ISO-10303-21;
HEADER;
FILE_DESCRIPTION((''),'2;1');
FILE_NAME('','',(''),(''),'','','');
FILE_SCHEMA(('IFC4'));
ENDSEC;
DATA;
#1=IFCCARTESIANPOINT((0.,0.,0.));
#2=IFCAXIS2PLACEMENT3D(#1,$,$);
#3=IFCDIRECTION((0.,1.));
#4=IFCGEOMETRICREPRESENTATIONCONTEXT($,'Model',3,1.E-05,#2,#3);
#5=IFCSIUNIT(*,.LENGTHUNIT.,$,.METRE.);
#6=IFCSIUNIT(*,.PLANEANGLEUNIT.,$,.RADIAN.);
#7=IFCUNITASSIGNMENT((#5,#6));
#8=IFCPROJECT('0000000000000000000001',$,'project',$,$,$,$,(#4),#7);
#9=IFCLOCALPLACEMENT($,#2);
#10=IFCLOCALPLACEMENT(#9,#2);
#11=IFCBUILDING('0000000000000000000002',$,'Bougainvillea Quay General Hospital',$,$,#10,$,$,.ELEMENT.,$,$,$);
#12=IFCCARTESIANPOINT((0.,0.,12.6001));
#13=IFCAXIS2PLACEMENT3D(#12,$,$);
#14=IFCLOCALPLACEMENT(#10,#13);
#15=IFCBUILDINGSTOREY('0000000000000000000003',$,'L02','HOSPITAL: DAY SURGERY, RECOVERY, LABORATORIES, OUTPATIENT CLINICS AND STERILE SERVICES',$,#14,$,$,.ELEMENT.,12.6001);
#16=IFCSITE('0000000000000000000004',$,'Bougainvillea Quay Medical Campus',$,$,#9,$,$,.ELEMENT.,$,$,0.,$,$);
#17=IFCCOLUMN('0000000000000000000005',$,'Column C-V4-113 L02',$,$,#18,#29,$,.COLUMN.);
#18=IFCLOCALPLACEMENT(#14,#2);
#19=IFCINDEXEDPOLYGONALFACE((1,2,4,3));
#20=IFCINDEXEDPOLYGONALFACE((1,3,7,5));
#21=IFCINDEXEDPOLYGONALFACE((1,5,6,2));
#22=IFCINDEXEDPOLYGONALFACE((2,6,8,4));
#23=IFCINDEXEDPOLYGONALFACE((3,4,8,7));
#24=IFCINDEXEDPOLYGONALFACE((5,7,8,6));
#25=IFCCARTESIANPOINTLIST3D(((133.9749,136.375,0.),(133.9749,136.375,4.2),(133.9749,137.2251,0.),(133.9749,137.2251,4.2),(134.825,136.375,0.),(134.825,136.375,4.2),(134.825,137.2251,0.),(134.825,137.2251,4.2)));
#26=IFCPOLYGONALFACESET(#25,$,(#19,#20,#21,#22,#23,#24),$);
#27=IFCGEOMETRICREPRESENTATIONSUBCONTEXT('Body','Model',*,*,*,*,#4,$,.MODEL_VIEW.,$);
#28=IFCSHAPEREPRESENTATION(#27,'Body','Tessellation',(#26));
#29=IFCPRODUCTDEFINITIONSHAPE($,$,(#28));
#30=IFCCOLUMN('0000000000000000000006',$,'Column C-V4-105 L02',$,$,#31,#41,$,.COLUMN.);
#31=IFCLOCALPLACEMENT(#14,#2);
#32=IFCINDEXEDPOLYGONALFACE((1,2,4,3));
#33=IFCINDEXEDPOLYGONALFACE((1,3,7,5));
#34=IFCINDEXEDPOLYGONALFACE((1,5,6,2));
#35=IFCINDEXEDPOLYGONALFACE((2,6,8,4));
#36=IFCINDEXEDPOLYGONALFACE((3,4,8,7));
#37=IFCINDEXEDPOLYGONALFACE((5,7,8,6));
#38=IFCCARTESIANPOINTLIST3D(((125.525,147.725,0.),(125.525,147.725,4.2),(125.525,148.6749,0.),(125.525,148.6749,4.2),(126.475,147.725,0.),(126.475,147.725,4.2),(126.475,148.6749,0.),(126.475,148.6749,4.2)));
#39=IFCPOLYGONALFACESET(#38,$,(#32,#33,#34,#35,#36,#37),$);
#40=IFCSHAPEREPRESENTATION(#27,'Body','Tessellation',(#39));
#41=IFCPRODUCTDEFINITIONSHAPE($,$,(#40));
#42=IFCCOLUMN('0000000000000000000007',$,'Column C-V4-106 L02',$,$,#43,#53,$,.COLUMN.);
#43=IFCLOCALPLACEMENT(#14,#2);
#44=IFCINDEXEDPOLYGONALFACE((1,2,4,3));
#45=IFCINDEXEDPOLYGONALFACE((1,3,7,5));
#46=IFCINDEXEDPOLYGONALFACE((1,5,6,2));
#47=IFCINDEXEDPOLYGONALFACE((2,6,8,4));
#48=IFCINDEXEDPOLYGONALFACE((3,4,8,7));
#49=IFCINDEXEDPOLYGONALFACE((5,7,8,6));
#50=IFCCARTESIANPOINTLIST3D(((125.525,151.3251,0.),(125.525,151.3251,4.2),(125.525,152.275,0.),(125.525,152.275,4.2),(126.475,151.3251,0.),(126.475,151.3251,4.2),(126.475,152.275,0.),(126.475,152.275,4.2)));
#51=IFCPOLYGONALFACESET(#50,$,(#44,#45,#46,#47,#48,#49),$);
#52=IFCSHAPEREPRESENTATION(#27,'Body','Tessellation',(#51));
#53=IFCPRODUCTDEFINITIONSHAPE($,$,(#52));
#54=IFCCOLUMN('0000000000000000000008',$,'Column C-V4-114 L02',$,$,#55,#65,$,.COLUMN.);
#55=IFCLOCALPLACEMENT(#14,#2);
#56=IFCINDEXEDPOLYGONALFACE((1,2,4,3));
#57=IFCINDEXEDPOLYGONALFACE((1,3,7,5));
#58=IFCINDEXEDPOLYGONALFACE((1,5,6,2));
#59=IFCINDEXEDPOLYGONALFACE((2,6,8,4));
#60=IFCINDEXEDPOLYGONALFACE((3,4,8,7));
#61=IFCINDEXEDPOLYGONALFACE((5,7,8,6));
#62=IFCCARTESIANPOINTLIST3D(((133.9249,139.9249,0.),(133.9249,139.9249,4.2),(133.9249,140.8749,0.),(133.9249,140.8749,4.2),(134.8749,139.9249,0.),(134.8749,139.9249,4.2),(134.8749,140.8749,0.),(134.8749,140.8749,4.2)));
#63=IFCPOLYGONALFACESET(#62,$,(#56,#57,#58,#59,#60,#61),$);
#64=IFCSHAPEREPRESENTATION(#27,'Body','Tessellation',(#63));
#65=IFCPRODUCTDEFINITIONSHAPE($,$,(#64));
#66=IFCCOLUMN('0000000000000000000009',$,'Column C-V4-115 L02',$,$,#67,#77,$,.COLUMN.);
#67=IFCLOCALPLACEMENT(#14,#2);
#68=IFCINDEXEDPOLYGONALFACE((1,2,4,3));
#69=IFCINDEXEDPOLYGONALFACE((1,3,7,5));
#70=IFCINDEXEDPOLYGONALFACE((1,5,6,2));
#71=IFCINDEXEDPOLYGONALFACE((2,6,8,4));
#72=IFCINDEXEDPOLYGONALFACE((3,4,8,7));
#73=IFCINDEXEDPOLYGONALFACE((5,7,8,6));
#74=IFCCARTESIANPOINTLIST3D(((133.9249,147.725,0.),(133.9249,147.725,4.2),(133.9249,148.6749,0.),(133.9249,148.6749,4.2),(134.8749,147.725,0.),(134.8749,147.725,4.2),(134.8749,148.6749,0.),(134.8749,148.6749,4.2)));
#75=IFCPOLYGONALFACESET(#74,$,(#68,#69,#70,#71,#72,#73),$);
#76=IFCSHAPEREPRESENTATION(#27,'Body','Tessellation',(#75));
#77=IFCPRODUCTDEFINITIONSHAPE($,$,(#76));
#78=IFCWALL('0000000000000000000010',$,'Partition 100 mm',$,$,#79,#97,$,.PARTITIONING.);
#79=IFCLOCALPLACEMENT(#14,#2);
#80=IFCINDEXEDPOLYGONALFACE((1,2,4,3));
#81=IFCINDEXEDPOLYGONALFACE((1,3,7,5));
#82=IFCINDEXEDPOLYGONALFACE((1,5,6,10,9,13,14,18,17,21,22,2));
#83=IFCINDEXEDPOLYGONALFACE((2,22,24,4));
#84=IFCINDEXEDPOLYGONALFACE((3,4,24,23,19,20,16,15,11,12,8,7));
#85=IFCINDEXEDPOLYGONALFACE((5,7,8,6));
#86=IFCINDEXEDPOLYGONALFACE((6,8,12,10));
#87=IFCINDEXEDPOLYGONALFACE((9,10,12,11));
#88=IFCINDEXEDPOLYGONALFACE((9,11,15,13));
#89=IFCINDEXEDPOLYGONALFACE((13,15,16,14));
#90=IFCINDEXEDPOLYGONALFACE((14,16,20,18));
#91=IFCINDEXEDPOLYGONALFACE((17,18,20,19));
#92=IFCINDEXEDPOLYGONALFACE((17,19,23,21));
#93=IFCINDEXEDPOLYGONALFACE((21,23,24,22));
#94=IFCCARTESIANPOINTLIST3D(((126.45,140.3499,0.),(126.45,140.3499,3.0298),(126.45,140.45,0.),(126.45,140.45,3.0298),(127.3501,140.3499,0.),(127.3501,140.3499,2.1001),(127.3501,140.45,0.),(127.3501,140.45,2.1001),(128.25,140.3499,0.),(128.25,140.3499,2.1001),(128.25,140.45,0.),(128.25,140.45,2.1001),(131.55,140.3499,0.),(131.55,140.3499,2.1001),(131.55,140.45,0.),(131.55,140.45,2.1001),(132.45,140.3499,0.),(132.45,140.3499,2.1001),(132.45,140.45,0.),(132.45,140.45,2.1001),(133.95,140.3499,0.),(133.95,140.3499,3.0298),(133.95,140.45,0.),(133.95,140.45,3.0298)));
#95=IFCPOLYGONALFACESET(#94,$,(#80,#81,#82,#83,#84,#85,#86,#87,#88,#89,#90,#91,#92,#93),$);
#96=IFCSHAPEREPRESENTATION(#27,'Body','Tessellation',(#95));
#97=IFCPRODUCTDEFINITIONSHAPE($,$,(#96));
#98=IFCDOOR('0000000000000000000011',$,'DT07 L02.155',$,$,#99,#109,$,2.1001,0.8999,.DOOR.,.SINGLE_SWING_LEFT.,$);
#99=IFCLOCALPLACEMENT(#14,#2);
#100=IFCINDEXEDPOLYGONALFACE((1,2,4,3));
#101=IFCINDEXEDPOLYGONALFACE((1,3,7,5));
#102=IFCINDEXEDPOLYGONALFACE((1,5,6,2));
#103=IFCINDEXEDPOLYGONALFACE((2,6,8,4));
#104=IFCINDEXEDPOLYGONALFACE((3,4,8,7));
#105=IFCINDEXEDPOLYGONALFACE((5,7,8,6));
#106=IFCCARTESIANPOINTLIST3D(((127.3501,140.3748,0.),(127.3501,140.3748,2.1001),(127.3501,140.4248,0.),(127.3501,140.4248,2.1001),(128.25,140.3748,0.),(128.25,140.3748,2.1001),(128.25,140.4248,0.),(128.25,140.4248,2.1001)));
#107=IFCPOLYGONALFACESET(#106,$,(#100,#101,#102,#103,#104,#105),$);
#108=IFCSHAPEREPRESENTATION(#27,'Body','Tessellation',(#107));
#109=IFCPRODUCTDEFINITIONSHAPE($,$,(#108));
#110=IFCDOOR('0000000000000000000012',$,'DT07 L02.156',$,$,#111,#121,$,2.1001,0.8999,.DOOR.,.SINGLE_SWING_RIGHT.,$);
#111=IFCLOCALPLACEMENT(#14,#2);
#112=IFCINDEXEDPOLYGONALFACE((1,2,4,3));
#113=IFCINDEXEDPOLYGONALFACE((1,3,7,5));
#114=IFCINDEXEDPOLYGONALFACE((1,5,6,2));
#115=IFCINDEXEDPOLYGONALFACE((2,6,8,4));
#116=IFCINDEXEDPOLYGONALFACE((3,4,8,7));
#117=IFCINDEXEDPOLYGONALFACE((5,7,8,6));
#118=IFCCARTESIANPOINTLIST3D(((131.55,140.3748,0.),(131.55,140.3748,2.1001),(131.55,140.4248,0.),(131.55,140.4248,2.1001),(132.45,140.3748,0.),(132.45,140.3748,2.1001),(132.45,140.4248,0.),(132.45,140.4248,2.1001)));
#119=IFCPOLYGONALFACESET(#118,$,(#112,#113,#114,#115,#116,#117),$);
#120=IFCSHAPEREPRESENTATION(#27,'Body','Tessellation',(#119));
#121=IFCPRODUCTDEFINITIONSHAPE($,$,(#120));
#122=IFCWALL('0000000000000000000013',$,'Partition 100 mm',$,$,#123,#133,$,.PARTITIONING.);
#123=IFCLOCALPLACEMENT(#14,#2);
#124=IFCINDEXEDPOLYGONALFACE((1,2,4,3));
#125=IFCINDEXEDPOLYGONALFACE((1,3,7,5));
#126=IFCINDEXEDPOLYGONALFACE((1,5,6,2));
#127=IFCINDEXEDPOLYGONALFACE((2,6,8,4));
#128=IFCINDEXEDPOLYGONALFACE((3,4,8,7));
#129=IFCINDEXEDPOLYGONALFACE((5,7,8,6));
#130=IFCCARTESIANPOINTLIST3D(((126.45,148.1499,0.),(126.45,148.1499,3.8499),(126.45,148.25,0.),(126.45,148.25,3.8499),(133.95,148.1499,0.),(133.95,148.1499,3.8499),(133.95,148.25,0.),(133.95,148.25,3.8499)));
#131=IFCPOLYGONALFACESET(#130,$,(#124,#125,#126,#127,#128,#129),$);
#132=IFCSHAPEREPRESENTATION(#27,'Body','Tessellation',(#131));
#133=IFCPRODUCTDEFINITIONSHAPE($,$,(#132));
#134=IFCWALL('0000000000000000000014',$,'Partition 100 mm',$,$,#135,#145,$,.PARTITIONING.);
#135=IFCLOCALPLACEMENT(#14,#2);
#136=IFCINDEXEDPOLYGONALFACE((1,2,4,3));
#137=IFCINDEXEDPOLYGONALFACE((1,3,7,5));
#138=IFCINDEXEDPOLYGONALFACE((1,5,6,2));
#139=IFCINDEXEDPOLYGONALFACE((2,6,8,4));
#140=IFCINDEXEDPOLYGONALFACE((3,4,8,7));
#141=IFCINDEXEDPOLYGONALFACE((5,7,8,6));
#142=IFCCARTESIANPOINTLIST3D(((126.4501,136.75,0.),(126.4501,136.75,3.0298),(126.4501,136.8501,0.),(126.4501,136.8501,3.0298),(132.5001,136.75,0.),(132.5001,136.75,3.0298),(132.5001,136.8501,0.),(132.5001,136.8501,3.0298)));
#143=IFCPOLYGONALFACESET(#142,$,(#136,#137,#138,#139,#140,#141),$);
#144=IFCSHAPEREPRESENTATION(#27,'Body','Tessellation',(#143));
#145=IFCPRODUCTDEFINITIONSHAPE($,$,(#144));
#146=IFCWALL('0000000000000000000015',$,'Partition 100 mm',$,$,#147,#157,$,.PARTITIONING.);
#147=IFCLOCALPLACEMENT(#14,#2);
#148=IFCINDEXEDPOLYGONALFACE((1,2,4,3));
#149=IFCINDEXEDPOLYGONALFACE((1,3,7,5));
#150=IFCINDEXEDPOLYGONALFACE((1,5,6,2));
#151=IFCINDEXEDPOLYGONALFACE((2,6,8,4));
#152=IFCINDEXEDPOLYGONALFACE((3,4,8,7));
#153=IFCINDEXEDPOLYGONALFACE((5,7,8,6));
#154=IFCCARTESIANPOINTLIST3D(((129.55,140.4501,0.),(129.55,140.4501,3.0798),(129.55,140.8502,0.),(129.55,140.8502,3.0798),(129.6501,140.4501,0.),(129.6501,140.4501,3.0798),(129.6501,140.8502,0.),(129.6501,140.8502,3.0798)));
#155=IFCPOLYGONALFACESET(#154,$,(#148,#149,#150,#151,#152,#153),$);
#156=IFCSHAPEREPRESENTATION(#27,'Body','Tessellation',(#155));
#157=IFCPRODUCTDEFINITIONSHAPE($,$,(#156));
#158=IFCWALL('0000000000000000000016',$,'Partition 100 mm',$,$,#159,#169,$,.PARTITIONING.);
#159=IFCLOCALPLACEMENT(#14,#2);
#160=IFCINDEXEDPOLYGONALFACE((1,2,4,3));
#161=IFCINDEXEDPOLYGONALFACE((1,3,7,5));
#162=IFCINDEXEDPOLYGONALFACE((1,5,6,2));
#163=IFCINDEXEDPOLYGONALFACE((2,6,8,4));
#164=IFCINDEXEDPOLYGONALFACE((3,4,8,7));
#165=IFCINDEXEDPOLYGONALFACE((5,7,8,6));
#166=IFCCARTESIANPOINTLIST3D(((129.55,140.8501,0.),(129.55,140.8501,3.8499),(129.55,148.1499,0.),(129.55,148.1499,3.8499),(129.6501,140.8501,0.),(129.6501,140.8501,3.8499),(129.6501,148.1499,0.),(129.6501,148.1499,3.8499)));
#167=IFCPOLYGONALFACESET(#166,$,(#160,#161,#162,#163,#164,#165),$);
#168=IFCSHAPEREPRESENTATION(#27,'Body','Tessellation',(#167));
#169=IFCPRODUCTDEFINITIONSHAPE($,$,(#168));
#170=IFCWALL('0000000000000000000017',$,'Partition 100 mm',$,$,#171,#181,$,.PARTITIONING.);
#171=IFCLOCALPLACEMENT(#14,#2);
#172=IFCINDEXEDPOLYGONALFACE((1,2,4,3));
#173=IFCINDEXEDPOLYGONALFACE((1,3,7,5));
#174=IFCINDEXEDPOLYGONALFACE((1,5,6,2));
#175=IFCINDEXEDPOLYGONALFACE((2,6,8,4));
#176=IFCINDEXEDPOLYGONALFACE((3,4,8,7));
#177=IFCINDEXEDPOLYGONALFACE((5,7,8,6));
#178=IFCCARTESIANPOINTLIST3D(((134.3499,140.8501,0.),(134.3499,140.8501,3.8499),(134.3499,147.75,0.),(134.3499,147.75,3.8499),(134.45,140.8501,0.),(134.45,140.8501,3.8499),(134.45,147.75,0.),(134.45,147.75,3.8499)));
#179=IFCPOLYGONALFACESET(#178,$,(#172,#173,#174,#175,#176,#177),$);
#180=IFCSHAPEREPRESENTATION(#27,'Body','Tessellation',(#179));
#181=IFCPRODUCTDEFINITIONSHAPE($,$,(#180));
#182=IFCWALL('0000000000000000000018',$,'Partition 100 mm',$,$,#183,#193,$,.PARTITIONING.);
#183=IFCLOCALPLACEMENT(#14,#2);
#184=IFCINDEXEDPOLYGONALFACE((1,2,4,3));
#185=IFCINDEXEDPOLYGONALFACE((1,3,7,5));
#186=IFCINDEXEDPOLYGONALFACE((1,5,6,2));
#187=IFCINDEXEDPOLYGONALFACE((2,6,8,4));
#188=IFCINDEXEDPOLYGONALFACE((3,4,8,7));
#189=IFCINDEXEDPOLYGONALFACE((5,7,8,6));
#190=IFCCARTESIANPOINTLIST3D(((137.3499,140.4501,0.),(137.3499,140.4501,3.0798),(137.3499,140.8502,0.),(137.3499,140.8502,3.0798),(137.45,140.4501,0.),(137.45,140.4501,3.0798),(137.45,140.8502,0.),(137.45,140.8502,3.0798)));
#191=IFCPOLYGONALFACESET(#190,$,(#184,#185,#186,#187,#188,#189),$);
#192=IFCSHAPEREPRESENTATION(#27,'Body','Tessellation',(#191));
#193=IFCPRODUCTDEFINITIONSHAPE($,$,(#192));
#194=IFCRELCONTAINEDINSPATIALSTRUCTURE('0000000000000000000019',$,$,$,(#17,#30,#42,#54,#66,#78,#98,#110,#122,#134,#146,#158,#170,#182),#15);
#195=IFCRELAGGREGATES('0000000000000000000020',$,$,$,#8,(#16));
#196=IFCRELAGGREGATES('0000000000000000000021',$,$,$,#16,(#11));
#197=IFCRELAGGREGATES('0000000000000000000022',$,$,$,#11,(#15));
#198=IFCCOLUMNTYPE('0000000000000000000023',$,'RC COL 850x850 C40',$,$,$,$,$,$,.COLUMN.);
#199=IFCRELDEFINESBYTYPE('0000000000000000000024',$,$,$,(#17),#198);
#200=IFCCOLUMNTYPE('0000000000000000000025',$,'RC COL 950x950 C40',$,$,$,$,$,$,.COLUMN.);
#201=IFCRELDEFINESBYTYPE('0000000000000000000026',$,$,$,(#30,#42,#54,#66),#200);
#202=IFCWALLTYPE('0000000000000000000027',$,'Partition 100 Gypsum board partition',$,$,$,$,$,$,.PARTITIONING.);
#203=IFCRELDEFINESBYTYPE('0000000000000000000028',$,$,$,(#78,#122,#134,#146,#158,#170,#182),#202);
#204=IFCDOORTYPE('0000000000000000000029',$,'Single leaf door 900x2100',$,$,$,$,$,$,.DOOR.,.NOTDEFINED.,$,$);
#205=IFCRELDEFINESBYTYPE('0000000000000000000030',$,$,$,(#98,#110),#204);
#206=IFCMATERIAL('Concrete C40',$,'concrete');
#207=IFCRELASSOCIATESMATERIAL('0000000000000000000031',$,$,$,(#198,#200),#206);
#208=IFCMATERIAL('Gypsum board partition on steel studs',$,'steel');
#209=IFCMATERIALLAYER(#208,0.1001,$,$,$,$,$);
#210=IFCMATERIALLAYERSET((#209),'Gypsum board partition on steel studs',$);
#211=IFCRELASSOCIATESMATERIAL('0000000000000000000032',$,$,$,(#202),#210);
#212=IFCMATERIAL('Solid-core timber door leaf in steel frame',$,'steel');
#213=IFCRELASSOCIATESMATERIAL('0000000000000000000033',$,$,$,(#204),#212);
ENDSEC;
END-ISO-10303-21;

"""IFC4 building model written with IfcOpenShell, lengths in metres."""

from ifc_helpers import new_model, si_unit, direction, frame, frame_2d, origin, origin_2d, place, context, subcontext, project, spatial, rectangle, extrude, material, layer, layer_set, material_profile, profile_set, type_object, element, fill, save


model = new_model("IFC4")

# Units and contexts
model_context = context("Model", 3, precision=1e-05, world=origin(), true_north=direction((0.0, 1.0)))
body_context = subcontext(model_context, "Body", "Model", "MODEL_VIEW")
ifc_project = project(units=[si_unit("LENGTHUNIT", "METRE"), si_unit("PLANEANGLEUNIT", "RADIAN")], contexts=[model_context])

# Site, building, storey
site_placement = place(None, origin())
site = spatial("IfcSite", under=ifc_project, at=site_placement, Name="Bougainvillea Quay Medical Campus", CompositionType="ELEMENT", RefElevation=0.0)
building_placement = place(site_placement, origin())
building = spatial("IfcBuilding", under=site, at=building_placement, Name="Bougainvillea Quay General Hospital", CompositionType="ELEMENT")
storey_placement = place(building_placement, frame((0.0, 0.0, 12.6001)))
storey = spatial("IfcBuildingStorey", under=building, at=storey_placement, Name="L02", Description="HOSPITAL: DAY SURGERY, RECOVERY, LABORATORIES, OUTPATIENT CLINICS AND STERILE SERVICES", CompositionType="ELEMENT", Elevation=12.6001)

# Columns
ifc_material_1 = material(Name="Concrete C40", Category="concrete")
ifc_material_profile_1 = material_profile(ifc_material_1, rectangle(XDim=0.8501, YDim=0.8501, at=origin_2d()))
ifc_profile_set_1 = profile_set([ifc_material_profile_1], Name="Concrete C40")
column_type_1 = type_object("IfcColumnType", Name="RC COL 850x850 C40", PredefinedType="COLUMN", material=ifc_profile_set_1)
column_placement = place(storey_placement, frame((134.3999, 136.8, 0.0), z_axis=(0.0, 0.0, 1.0), x_axis=(1.0, 0.0, 0.0)))
element("IfcColumn", 1, at=column_placement, inside=storey, type_object=column_type_1, Name="Column C-V4-113 L02", PredefinedType="COLUMN", context=body_context, shape_type="SweptSolid", body=[
    extrude(rectangle(XDim=0.8501, YDim=0.8501, at=origin_2d()), origin(), (0.0, 0.0, 1.0), 4.2),
])
ifc_material_profile_2 = material_profile(ifc_material_1, rectangle(XDim=0.95, YDim=0.95, at=origin_2d()))
ifc_profile_set_2 = profile_set([ifc_material_profile_2], Name="Concrete C40")
column_type_2 = type_object("IfcColumnType", Name="RC COL 950x950 C40", PredefinedType="COLUMN", material=ifc_profile_set_2)
for number, where, z_axis, x_axis, name in (
    (2, (126.0, 148.2, 0.0), (0.0, 0.0, 1.0), (1.0, 0.0, 0.0), "Column C-V4-105 L02"),
    (3, (126.0, 151.8, 0.0), (0.0, 0.0, 1.0), (1.0, 0.0, 0.0), "Column C-V4-106 L02"),
    (4, (134.3999, 140.3999, 0.0), (0.0, 0.0, 1.0), (1.0, 0.0, 0.0), "Column C-V4-114 L02"),
    (5, (134.3999, 148.2, 0.0), (0.0, 0.0, 1.0), (1.0, 0.0, 0.0), "Column C-V4-115 L02"),
):
    element("IfcColumn", number, at=place(storey_placement, frame(where, z_axis=z_axis, x_axis=x_axis)), inside=storey, type_object=column_type_2, Name=name, PredefinedType="COLUMN", context=body_context, shape_type="SweptSolid", body=[
        extrude(rectangle(XDim=0.95, YDim=0.95, at=origin_2d()), origin(), (0.0, 0.0, 1.0), 4.2),
    ])

# Wall, openings, doors
ifc_material_2 = material(Name="Gypsum board partition on steel studs", Category="steel")
ifc_layer_1 = layer(ifc_material_2, 0.1001)
ifc_layer_set_1 = layer_set([ifc_layer_1], Name="Gypsum board partition on steel studs")
wall_type_1 = type_object("IfcWallType", Name="Partition 100 Gypsum board partition", PredefinedType="PARTITIONING", material=ifc_layer_set_1)
wall_1_placement = place(storey_placement, frame((133.95, 140.3999, 0.0), z_axis=(0.0, 0.0, 1.0), x_axis=(-1.0, 0.0, 0.0)))
wall_1 = element("IfcWall", 6, at=wall_1_placement, inside=storey, type_object=wall_type_1, Name="Partition 100 mm", PredefinedType="PARTITIONING", context=body_context, shape_type="SweptSolid", body=[
    extrude(rectangle(XDim=7.5, YDim=0.1001, at=frame_2d((3.75, 0.0))), origin(), (0.0, 0.0, 1.0), 3.0298),
])
opening_1_placement = place(wall_1_placement, frame((5.7, 0.0, 0.0)))
opening_1 = element("IfcOpeningElement", 7, at=opening_1_placement, cuts=wall_1, PredefinedType="OPENING", context=body_context, shape_type="SweptSolid", body=[
    extrude(rectangle(XDim=0.8999, YDim=2.1001, at=frame_2d((0.45, 1.05))), frame((0.0, 0.0601, 0.0), z_axis=(0.0, -1.0, 0.0), x_axis=(1.0, 0.0, 0.0)), (0.0, 0.0, 1.0), 0.1201),
])
opening_2_placement = place(wall_1_placement, frame((1.5, 0.0, 0.0)))
opening_2 = element("IfcOpeningElement", 8, at=opening_2_placement, cuts=wall_1, PredefinedType="OPENING", context=body_context, shape_type="SweptSolid", body=[
    extrude(rectangle(XDim=0.8999, YDim=2.1001, at=frame_2d((0.45, 1.05))), frame((0.0, 0.0601, 0.0), z_axis=(0.0, -1.0, 0.0), x_axis=(1.0, 0.0, 0.0)), (0.0, 0.0, 1.0), 0.1201),
])
ifc_material_3 = material(Name="Solid-core timber door leaf in steel frame", Category="steel")
door_type = type_object("IfcDoorType", Name="Single leaf door 900x2100", OperationType="NOTDEFINED", PredefinedType="DOOR", material=ifc_material_3)
door_1_placement = place(opening_1_placement, frame((0.8999, 0.0, 0.0), z_axis=(0.0, 0.0, 1.0), x_axis=(-1.0, 0.0, 0.0)))
door_1 = element("IfcDoor", 9, at=door_1_placement, inside=storey, type_object=door_type, Name="DT07 L02.155", OperationType="SINGLE_SWING_LEFT", OverallHeight=2.1001, OverallWidth=0.8999, PredefinedType="DOOR", context=body_context, shape_type="SweptSolid", body=[
    extrude(rectangle(XDim=0.8999, YDim=2.1001, at=frame_2d((0.45, 1.05))), frame((0.0, 0.0249, 0.0), z_axis=(0.0, -1.0, 0.0), x_axis=(1.0, 0.0, 0.0)), (0.0, 0.0, 1.0), 0.05),
])
fill(opening_1, door_1)
door_2_placement = place(opening_2_placement, frame((0.8999, 0.0, 0.0), z_axis=(0.0, 0.0, 1.0), x_axis=(-1.0, 0.0, 0.0)))
door_2 = element("IfcDoor", 10, at=door_2_placement, inside=storey, type_object=door_type, Name="DT07 L02.156", OperationType="SINGLE_SWING_RIGHT", OverallHeight=2.1001, OverallWidth=0.8999, PredefinedType="DOOR", context=body_context, shape_type="SweptSolid", body=[
    extrude(rectangle(XDim=0.8999, YDim=2.1001, at=frame_2d((0.45, 1.05))), frame((0.0, 0.0249, 0.0), z_axis=(0.0, -1.0, 0.0), x_axis=(1.0, 0.0, 0.0)), (0.0, 0.0, 1.0), 0.05),
])
fill(opening_2, door_2)

# Walls
wall_2_placement = place(storey_placement, frame((133.95, 148.2, 0.0), z_axis=(0.0, 0.0, 1.0), x_axis=(-1.0, 0.0, 0.0)))
element("IfcWall", 11, at=wall_2_placement, inside=storey, type_object=wall_type_1, Name="Partition 100 mm", PredefinedType="PARTITIONING", context=body_context, shape_type="SweptSolid", body=[
    extrude(rectangle(XDim=7.5, YDim=0.1001, at=frame_2d((3.75, 0.0))), origin(), (0.0, 0.0, 1.0), 3.8499),
])
wall_3_placement = place(storey_placement, frame((132.5, 136.8, 0.0), z_axis=(0.0, 0.0, 1.0), x_axis=(-1.0, 0.0, 0.0)))
element("IfcWall", 12, at=wall_3_placement, inside=storey, type_object=wall_type_1, Name="Partition 100 mm", PredefinedType="PARTITIONING", context=body_context, shape_type="SweptSolid", body=[
    extrude(rectangle(XDim=6.05, YDim=0.1001, at=frame_2d((3.0249, 0.0))), origin(), (0.0, 0.0, 1.0), 3.0298),
])
wall_4_placement = place(storey_placement, frame((129.6001, 140.45, 0.0), z_axis=(0.0, 0.0, 1.0), x_axis=(0.0, 1.0, 0.0)))
element("IfcWall", 13, at=wall_4_placement, inside=storey, type_object=wall_type_1, Name="Partition 100 mm", PredefinedType="PARTITIONING", context=body_context, shape_type="SweptSolid", body=[
    extrude(rectangle(XDim=0.4001, YDim=0.1001, at=frame_2d((0.2002, 0.0))), origin(), (0.0, 0.0, 1.0), 3.0798),
])
wall_5_placement = place(storey_placement, frame((129.6001, 140.8501, 0.0), z_axis=(0.0, 0.0, 1.0), x_axis=(0.0, 1.0, 0.0)))
element("IfcWall", 14, at=wall_5_placement, inside=storey, type_object=wall_type_1, Name="Partition 100 mm", PredefinedType="PARTITIONING", context=body_context, shape_type="SweptSolid", body=[
    extrude(rectangle(XDim=7.2998, YDim=0.1001, at=frame_2d((3.6499, 0.0))), origin(), (0.0, 0.0, 1.0), 3.8499),
])
wall_6_placement = place(storey_placement, frame((134.3999, 140.8501, 0.0), z_axis=(0.0, 0.0, 1.0), x_axis=(0.0, 1.0, 0.0)))
element("IfcWall", 15, at=wall_6_placement, inside=storey, type_object=wall_type_1, Name="Partition 100 mm", PredefinedType="PARTITIONING", context=body_context, shape_type="SweptSolid", body=[
    extrude(rectangle(XDim=6.8999, YDim=0.1001, at=frame_2d((3.45, 0.0))), origin(), (0.0, 0.0, 1.0), 3.8499),
])
wall_7_placement = place(storey_placement, frame((137.3999, 140.45, 0.0), z_axis=(0.0, 0.0, 1.0), x_axis=(0.0, 1.0, 0.0)))
element("IfcWall", 16, at=wall_7_placement, inside=storey, type_object=wall_type_1, Name="Partition 100 mm", PredefinedType="PARTITIONING", context=body_context, shape_type="SweptSolid", body=[
    extrude(rectangle(XDim=0.4001, YDim=0.1001, at=frame_2d((0.2002, 0.0))), origin(), (0.0, 0.0, 1.0), 3.0798),
])

save(model, "model.ifc")
